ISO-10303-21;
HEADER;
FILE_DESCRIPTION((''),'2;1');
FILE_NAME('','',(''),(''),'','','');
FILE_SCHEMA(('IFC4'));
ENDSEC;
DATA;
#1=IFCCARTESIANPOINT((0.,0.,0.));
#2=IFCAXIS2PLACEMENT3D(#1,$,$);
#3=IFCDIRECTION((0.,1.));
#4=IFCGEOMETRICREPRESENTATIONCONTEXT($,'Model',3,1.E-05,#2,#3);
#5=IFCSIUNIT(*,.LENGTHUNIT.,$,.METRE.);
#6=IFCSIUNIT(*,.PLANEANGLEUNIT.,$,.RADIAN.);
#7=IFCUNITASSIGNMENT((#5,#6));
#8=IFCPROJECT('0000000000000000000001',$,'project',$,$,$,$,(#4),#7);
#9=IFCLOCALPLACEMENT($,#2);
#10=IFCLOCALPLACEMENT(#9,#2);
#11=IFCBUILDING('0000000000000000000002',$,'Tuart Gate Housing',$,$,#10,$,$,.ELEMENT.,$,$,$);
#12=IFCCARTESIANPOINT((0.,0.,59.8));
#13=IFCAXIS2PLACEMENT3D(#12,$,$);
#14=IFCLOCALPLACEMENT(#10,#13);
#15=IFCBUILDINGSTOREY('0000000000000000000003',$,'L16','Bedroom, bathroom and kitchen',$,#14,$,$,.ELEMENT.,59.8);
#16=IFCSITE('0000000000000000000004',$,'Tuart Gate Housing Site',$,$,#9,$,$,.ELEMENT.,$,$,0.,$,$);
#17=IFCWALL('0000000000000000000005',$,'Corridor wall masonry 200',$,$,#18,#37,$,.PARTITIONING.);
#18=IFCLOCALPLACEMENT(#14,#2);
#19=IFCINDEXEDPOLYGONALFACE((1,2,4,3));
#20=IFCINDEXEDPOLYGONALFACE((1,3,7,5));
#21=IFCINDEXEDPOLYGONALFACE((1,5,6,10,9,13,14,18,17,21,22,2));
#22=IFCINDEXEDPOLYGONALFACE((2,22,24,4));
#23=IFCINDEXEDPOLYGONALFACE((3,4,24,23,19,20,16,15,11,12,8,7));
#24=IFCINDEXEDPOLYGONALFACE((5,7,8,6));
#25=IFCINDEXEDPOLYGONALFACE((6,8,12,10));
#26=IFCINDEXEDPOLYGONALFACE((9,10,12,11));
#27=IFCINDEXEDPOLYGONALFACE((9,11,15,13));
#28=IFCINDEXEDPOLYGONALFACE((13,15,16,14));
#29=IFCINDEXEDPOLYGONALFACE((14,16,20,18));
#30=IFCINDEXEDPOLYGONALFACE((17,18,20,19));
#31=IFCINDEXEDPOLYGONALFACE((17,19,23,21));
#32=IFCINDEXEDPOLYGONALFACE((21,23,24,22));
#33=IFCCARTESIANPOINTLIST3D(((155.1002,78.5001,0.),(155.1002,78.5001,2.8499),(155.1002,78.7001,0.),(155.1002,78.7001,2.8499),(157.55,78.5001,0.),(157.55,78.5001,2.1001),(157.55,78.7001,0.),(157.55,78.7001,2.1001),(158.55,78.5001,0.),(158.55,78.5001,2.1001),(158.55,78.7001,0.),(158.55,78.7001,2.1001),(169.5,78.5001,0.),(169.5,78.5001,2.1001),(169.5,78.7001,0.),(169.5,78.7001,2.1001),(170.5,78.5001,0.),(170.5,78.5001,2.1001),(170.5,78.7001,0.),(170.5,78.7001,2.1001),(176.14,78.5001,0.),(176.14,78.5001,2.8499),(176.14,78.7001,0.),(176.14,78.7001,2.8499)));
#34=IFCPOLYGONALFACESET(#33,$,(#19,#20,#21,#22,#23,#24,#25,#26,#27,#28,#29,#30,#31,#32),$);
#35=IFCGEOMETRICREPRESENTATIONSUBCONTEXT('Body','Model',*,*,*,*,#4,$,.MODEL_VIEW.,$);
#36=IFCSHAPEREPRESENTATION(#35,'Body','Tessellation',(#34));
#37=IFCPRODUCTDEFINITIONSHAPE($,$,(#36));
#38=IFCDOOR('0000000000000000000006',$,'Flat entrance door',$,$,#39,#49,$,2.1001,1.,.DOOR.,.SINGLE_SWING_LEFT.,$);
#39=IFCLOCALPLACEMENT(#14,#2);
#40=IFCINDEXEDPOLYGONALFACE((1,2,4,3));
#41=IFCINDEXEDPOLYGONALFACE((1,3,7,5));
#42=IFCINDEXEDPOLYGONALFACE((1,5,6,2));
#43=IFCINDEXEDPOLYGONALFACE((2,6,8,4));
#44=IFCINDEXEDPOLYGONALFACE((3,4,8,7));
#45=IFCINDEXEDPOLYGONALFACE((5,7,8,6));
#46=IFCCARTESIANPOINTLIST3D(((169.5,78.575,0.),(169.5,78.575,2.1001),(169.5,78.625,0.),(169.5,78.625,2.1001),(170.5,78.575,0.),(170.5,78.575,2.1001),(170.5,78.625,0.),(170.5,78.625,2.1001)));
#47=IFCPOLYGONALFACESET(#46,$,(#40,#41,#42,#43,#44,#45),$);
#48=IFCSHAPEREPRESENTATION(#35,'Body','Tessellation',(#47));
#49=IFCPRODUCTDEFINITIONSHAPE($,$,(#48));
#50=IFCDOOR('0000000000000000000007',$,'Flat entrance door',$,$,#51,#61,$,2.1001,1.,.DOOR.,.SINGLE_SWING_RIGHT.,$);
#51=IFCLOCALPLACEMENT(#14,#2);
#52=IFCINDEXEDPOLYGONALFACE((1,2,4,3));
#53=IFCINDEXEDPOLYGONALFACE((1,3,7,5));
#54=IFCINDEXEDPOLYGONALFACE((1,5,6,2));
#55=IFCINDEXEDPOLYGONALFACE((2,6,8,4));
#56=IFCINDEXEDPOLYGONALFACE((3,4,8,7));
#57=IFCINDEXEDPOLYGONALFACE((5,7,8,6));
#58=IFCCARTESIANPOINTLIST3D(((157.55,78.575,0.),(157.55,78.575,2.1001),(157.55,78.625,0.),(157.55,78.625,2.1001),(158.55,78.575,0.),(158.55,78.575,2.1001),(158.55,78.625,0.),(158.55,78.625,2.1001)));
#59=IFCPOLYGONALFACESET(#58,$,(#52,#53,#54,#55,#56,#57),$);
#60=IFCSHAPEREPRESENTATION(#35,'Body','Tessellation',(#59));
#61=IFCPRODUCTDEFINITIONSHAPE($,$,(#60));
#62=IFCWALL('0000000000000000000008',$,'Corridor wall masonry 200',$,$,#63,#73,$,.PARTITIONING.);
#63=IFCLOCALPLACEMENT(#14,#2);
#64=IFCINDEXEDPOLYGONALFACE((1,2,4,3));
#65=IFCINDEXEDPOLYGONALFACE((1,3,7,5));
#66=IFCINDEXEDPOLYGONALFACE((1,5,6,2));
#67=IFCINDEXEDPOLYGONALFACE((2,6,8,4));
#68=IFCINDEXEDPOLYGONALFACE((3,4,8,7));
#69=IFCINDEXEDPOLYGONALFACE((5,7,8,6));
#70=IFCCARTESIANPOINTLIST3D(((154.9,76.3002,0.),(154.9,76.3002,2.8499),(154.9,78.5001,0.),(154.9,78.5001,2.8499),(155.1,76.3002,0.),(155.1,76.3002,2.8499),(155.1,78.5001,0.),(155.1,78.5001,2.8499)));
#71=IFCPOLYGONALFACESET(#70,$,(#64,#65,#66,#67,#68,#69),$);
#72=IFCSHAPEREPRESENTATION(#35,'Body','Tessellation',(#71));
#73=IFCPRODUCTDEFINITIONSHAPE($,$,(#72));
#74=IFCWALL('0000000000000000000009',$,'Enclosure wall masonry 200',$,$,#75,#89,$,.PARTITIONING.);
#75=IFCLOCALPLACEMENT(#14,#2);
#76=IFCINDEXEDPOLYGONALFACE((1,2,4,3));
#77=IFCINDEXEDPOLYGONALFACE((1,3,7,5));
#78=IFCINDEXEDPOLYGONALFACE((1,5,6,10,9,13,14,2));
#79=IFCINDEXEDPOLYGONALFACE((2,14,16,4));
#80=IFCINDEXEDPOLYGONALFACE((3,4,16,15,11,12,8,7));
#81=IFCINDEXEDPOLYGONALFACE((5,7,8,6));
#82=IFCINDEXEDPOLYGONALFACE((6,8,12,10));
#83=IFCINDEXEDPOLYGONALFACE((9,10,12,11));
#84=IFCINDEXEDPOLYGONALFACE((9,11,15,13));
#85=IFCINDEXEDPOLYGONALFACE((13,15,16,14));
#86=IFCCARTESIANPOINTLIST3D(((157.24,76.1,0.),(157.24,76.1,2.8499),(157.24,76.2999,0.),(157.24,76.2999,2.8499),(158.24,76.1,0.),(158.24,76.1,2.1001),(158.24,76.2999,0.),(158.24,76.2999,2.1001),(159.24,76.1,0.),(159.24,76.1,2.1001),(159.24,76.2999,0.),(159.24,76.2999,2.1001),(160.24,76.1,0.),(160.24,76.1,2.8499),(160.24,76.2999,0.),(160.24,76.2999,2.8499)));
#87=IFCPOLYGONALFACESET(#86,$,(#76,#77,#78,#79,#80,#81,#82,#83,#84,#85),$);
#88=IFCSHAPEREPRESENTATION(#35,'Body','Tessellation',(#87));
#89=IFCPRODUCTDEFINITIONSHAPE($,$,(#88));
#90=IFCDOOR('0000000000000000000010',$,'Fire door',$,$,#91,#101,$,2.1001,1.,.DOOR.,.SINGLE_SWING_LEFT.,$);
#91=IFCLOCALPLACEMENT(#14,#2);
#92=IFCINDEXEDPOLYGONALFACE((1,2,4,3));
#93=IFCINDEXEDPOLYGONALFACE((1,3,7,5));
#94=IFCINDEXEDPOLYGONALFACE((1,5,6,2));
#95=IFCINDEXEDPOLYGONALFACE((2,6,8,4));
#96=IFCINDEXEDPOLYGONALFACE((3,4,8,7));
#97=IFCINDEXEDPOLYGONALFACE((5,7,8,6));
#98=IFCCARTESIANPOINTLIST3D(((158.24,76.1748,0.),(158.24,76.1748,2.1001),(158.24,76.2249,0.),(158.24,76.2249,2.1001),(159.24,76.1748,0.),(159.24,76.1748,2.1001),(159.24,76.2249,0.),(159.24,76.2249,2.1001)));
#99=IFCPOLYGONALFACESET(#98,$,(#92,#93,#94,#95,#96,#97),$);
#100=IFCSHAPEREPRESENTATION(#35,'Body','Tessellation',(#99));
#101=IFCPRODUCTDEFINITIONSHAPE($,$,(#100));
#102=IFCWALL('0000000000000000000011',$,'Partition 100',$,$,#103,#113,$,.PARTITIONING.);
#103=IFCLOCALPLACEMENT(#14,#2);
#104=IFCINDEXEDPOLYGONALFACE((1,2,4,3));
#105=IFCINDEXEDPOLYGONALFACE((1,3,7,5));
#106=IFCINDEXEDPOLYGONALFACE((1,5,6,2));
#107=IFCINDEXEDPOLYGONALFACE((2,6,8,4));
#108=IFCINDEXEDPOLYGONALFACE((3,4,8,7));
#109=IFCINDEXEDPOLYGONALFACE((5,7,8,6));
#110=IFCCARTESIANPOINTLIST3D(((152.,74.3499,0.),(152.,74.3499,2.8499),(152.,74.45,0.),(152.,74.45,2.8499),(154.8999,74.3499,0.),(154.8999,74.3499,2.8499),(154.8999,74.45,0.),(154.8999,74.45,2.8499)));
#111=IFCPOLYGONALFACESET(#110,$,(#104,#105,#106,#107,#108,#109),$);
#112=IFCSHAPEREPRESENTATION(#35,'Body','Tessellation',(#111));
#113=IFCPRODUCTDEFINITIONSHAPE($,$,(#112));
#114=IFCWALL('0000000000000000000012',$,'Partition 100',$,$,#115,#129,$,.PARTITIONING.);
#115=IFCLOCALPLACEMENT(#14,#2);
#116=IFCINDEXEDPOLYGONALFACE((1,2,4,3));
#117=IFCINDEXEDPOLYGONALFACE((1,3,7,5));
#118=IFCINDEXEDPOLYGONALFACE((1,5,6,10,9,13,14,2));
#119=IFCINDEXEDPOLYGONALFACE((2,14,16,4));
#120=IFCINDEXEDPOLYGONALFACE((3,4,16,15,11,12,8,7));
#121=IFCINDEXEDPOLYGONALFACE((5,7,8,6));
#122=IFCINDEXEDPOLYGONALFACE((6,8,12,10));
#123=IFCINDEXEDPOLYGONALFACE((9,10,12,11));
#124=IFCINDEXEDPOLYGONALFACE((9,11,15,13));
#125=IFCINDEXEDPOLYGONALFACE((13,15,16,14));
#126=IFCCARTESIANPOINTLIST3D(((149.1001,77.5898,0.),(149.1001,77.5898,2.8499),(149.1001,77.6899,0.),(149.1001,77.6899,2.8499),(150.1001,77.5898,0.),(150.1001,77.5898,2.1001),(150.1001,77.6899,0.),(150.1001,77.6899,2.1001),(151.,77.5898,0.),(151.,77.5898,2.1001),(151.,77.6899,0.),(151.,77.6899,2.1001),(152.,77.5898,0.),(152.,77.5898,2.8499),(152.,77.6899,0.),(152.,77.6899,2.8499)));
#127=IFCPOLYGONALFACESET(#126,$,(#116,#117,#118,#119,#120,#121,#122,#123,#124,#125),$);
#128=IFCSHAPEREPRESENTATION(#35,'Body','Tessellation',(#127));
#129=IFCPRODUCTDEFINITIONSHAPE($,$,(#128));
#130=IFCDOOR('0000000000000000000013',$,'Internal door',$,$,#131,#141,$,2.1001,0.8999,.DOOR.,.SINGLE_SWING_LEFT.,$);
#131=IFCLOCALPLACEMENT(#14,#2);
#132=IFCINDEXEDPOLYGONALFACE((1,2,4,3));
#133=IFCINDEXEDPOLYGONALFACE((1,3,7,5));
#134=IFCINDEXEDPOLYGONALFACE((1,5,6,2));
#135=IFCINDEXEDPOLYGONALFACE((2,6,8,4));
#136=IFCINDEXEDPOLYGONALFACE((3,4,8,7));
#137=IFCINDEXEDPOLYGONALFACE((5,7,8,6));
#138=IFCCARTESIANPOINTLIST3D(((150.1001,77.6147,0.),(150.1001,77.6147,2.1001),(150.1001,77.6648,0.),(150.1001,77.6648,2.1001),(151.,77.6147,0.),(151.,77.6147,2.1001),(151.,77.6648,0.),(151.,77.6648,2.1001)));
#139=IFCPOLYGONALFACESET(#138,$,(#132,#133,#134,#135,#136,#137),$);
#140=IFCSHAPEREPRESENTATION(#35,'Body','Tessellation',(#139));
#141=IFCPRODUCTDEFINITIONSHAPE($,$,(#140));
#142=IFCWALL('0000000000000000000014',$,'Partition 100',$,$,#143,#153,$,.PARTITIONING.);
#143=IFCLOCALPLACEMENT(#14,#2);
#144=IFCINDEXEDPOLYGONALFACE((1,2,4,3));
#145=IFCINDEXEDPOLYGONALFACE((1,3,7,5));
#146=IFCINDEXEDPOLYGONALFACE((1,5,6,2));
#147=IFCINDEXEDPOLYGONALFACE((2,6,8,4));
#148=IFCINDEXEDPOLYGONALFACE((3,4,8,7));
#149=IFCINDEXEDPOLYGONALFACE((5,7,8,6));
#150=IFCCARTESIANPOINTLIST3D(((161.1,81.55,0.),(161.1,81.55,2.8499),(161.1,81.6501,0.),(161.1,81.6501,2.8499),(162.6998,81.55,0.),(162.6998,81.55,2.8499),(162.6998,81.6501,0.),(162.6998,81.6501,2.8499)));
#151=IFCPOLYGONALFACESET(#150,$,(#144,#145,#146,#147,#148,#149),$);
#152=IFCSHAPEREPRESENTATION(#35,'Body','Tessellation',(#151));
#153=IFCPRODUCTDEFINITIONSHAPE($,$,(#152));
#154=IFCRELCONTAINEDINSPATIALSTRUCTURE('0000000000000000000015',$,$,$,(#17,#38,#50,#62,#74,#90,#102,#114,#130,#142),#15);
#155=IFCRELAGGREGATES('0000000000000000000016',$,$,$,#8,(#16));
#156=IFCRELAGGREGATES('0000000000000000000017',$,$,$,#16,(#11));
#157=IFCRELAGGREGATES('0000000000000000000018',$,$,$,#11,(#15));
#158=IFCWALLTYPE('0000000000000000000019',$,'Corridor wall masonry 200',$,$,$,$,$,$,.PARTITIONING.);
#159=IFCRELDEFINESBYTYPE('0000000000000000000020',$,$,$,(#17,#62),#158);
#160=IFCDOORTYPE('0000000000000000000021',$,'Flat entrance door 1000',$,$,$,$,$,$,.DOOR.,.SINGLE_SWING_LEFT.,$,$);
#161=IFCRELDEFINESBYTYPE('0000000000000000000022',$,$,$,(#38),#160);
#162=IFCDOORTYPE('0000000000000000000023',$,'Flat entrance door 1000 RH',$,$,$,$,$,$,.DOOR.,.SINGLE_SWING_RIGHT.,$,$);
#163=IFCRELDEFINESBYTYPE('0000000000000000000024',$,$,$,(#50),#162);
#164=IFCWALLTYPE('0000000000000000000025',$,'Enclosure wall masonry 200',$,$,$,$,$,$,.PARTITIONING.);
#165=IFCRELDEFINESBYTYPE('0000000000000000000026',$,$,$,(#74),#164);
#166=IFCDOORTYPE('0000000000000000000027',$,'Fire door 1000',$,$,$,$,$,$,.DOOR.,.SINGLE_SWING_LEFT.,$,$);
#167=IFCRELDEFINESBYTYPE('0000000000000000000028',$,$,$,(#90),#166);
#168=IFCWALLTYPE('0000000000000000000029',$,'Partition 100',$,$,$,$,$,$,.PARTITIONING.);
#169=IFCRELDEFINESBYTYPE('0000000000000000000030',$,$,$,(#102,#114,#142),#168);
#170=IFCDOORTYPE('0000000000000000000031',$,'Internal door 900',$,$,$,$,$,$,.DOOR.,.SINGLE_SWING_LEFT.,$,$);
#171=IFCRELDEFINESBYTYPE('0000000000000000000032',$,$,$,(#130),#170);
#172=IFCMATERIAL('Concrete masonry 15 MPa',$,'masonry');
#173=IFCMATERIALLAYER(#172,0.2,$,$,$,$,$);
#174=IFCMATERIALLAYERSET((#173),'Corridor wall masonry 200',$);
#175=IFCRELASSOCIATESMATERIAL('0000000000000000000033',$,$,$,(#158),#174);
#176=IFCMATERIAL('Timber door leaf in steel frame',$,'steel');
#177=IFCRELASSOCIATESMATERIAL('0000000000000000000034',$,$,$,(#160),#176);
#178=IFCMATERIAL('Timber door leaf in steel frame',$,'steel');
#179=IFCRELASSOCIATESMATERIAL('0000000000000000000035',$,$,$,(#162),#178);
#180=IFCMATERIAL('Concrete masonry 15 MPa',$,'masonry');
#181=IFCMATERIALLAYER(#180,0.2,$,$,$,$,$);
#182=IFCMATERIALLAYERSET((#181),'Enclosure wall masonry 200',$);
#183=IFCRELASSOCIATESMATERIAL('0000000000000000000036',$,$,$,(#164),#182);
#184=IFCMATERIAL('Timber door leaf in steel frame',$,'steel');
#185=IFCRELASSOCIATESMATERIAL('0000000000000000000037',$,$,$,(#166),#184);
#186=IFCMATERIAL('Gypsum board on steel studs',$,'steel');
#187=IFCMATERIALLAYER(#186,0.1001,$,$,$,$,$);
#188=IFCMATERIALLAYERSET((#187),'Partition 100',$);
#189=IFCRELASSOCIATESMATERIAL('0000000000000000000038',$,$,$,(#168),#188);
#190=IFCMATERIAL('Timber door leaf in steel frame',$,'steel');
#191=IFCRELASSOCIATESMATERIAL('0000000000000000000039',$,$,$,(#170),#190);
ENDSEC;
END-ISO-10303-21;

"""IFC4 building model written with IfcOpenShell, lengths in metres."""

from ifc_helpers import new_model, si_unit, direction, frame, frame_2d, origin, place, context, subcontext, project, spatial, rectangle, extrude, material, layer, layer_set, type_object, element, fill, save


model = new_model("IFC4")

# Units and contexts
model_context = context("Model", 3, precision=1e-05, world=origin(), true_north=direction((0.0, 1.0)))
body_context = subcontext(model_context, "Body", "Model", "MODEL_VIEW")
ifc_project = project(units=[si_unit("LENGTHUNIT", "METRE"), si_unit("PLANEANGLEUNIT", "RADIAN")], contexts=[model_context])

# Site, building, storey
site_placement = place(None, origin())
site = spatial("IfcSite", under=ifc_project, at=site_placement, Name="Tuart Gate Housing Site", CompositionType="ELEMENT", RefElevation=0.0)
building_placement = place(site_placement, origin())
building = spatial("IfcBuilding", under=site, at=building_placement, Name="Tuart Gate Housing", CompositionType="ELEMENT")
storey_placement = place(building_placement, frame((0.0, 0.0, 59.8)))
storey = spatial("IfcBuildingStorey", under=building, at=storey_placement, Name="L16", Description="Bedroom, bathroom and kitchen", CompositionType="ELEMENT", Elevation=59.8)

# Shared definitions
ifc_material_1 = material(Name="Concrete masonry 15 MPa", Category="masonry")
ifc_layer_1 = layer(ifc_material_1, 0.2)
ifc_layer_set_1 = layer_set([ifc_layer_1], Name="Corridor wall masonry 200")
wall_type_1 = type_object("IfcWallType", Name="Corridor wall masonry 200", PredefinedType="PARTITIONING", material=ifc_layer_set_1)

# Wall, openings, doors
wall_1_placement = place(storey_placement, frame((155.1001, 78.6001, 0.0), z_axis=(0.0, 0.0, 1.0), x_axis=(1.0, 0.0, 0.0)))
wall_1 = element("IfcWall", 1, at=wall_1_placement, inside=storey, type_object=wall_type_1, Name="Corridor wall masonry 200", PredefinedType="PARTITIONING", context=body_context, shape_type="SweptSolid", body=[
    extrude(rectangle(XDim=21.0398, YDim=0.2, at=frame_2d((10.52, 0.0))), origin(), (0.0, 0.0, 1.0), 2.8499),
])
opening_1_placement = place(wall_1_placement, frame((2.45, 0.0, 0.0)))
opening_1 = element("IfcOpeningElement", 2, at=opening_1_placement, cuts=wall_1, PredefinedType="OPENING", context=body_context, shape_type="SweptSolid", body=[
    extrude(rectangle(XDim=1.0, YDim=2.1001, at=frame_2d((0.5, 1.05))), frame((0.0, 0.1099, 0.0), z_axis=(0.0, -1.0, 0.0), x_axis=(1.0, 0.0, 0.0)), (0.0, 0.0, 1.0), 0.22),
])
opening_2_placement = place(wall_1_placement, frame((14.3999, 0.0, 0.0)))
opening_2 = element("IfcOpeningElement", 3, at=opening_2_placement, cuts=wall_1, PredefinedType="OPENING", context=body_context, shape_type="SweptSolid", body=[
    extrude(rectangle(XDim=1.0, YDim=2.1001, at=frame_2d((0.5, 1.05))), frame((0.0, 0.1099, 0.0), z_axis=(0.0, -1.0, 0.0), x_axis=(1.0, 0.0, 0.0)), (0.0, 0.0, 1.0), 0.22),
])
ifc_material_2 = material(Name="Timber door leaf in steel frame", Category="steel")
door_type_1 = type_object("IfcDoorType", Name="Flat entrance door 1000", OperationType="SINGLE_SWING_LEFT", PredefinedType="DOOR", material=ifc_material_2)
door_1_placement = place(opening_2_placement, origin())
door_1 = element("IfcDoor", 4, at=door_1_placement, inside=storey, type_object=door_type_1, Name="Flat entrance door", OperationType="SINGLE_SWING_LEFT", OverallHeight=2.1001, OverallWidth=1.0, PredefinedType="DOOR", context=body_context, shape_type="SweptSolid", body=[
    extrude(rectangle(XDim=1.0, YDim=2.1001, at=frame_2d((0.5, 1.05))), frame((0.0, 0.0249, 0.0), z_axis=(0.0, -1.0, 0.0), x_axis=(1.0, 0.0, 0.0)), (0.0, 0.0, 1.0), 0.05),
])
fill(opening_2, door_1)
ifc_material_3 = material(Name="Timber door leaf in steel frame", Category="steel")
door_type_2 = type_object("IfcDoorType", Name="Flat entrance door 1000 RH", OperationType="SINGLE_SWING_RIGHT", PredefinedType="DOOR", material=ifc_material_3)
door_2_placement = place(opening_1_placement, origin())
door_2 = element("IfcDoor", 5, at=door_2_placement, inside=storey, type_object=door_type_2, Name="Flat entrance door", OperationType="SINGLE_SWING_RIGHT", OverallHeight=2.1001, OverallWidth=1.0, PredefinedType="DOOR", context=body_context, shape_type="SweptSolid", body=[
    extrude(rectangle(XDim=1.0, YDim=2.1001, at=frame_2d((0.5, 1.05))), frame((0.0, 0.0249, 0.0), z_axis=(0.0, -1.0, 0.0), x_axis=(1.0, 0.0, 0.0)), (0.0, 0.0, 1.0), 0.05),
])
fill(opening_1, door_2)

# Wall
wall_2_placement = place(storey_placement, frame((155.0, 76.3, 0.0), z_axis=(0.0, 0.0, 1.0), x_axis=(0.0, 1.0, 0.0)))
element("IfcWall", 6, at=wall_2_placement, inside=storey, type_object=wall_type_1, Name="Corridor wall masonry 200", PredefinedType="PARTITIONING", context=body_context, shape_type="SweptSolid", body=[
    extrude(rectangle(XDim=2.2, YDim=0.2, at=frame_2d((1.1001, 0.0))), origin(), (0.0, 0.0, 1.0), 2.8499),
])

# Wall, opening, door
ifc_material_4 = material(Name="Concrete masonry 15 MPa", Category="masonry")
ifc_layer_2 = layer(ifc_material_4, 0.2)
ifc_layer_set_2 = layer_set([ifc_layer_2], Name="Enclosure wall masonry 200")
wall_type_2 = type_object("IfcWallType", Name="Enclosure wall masonry 200", PredefinedType="PARTITIONING", material=ifc_layer_set_2)
wall_3_placement = place(storey_placement, frame((157.24, 76.2, 0.0), z_axis=(0.0, 0.0, 1.0), x_axis=(1.0, 0.0, 0.0)))
wall_3 = element("IfcWall", 7, at=wall_3_placement, inside=storey, type_object=wall_type_2, Name="Enclosure wall masonry 200", PredefinedType="PARTITIONING", context=body_context, shape_type="SweptSolid", body=[
    extrude(rectangle(XDim=3.0, YDim=0.2, at=frame_2d((1.5, 0.0))), origin(), (0.0, 0.0, 1.0), 2.8499),
])
opening_3_placement = place(wall_3_placement, frame((1.0, 0.0, 0.0)))
opening_3 = element("IfcOpeningElement", 8, at=opening_3_placement, cuts=wall_3, PredefinedType="OPENING", context=body_context, shape_type="SweptSolid", body=[
    extrude(rectangle(XDim=1.0, YDim=2.1001, at=frame_2d((0.5, 1.05))), frame((0.0, 0.1099, 0.0), z_axis=(0.0, -1.0, 0.0), x_axis=(1.0, 0.0, 0.0)), (0.0, 0.0, 1.0), 0.22),
])
ifc_material_5 = material(Name="Timber door leaf in steel frame", Category="steel")
door_type_3 = type_object("IfcDoorType", Name="Fire door 1000", OperationType="SINGLE_SWING_LEFT", PredefinedType="DOOR", material=ifc_material_5)
door_3_placement = place(opening_3_placement, origin())
door_3 = element("IfcDoor", 9, at=door_3_placement, inside=storey, type_object=door_type_3, Name="Fire door", OperationType="SINGLE_SWING_LEFT", OverallHeight=2.1001, OverallWidth=1.0, PredefinedType="DOOR", context=body_context, shape_type="SweptSolid", body=[
    extrude(rectangle(XDim=1.0, YDim=2.1001, at=frame_2d((0.5, 1.05))), frame((0.0, 0.0249, 0.0), z_axis=(0.0, -1.0, 0.0), x_axis=(1.0, 0.0, 0.0)), (0.0, 0.0, 1.0), 0.05),
])
fill(opening_3, door_3)

# Wall
ifc_material_6 = material(Name="Gypsum board on steel studs", Category="steel")
ifc_layer_3 = layer(ifc_material_6, 0.1001)
ifc_layer_set_3 = layer_set([ifc_layer_3], Name="Partition 100")
wall_type_3 = type_object("IfcWallType", Name="Partition 100", PredefinedType="PARTITIONING", material=ifc_layer_set_3)
wall_4_placement = place(storey_placement, frame((152.0, 74.3999, 0.0), z_axis=(0.0, 0.0, 1.0), x_axis=(1.0, 0.0, 0.0)))
element("IfcWall", 10, at=wall_4_placement, inside=storey, type_object=wall_type_3, Name="Partition 100", PredefinedType="PARTITIONING", context=body_context, shape_type="SweptSolid", body=[
    extrude(rectangle(XDim=2.8999, YDim=0.1001, at=frame_2d((1.45, 0.0))), origin(), (0.0, 0.0, 1.0), 2.8499),
])

# Wall, opening, door
wall_5_placement = place(storey_placement, frame((149.1001, 77.6399, 0.0), z_axis=(0.0, 0.0, 1.0), x_axis=(1.0, 0.0, 0.0)))
wall_5 = element("IfcWall", 11, at=wall_5_placement, inside=storey, type_object=wall_type_3, Name="Partition 100", PredefinedType="PARTITIONING", context=body_context, shape_type="SweptSolid", body=[
    extrude(rectangle(XDim=2.8999, YDim=0.1001, at=frame_2d((1.45, 0.0))), origin(), (0.0, 0.0, 1.0), 2.8499),
])
opening_4_placement = place(wall_5_placement, frame((1.0, 0.0, 0.0)))
opening_4 = element("IfcOpeningElement", 12, at=opening_4_placement, cuts=wall_5, PredefinedType="OPENING", context=body_context, shape_type="SweptSolid", body=[
    extrude(rectangle(XDim=0.8999, YDim=2.1001, at=frame_2d((0.45, 1.05))), frame((0.0, 0.0601, 0.0), z_axis=(0.0, -1.0, 0.0), x_axis=(1.0, 0.0, 0.0)), (0.0, 0.0, 1.0), 0.1201),
])
ifc_material_7 = material(Name="Timber door leaf in steel frame", Category="steel")
door_type_4 = type_object("IfcDoorType", Name="Internal door 900", OperationType="SINGLE_SWING_LEFT", PredefinedType="DOOR", material=ifc_material_7)
door_4_placement = place(opening_4_placement, frame((0.8999, 0.0, 0.0), z_axis=(0.0, 0.0, 1.0), x_axis=(-1.0, 0.0, 0.0)))
door_4 = element("IfcDoor", 13, at=door_4_placement, inside=storey, type_object=door_type_4, Name="Internal door", OperationType="SINGLE_SWING_LEFT", OverallHeight=2.1001, OverallWidth=0.8999, PredefinedType="DOOR", context=body_context, shape_type="SweptSolid", body=[
    extrude(rectangle(XDim=0.8999, YDim=2.1001, at=frame_2d((0.45, 1.05))), frame((0.0, 0.0251, 0.0), z_axis=(0.0, -1.0, 0.0), x_axis=(1.0, 0.0, 0.0)), (0.0, 0.0, 1.0), 0.05),
])
fill(opening_4, door_4)

# Wall
wall_6_placement = place(storey_placement, frame((161.1001, 81.6001, 0.0), z_axis=(0.0, 0.0, 1.0), x_axis=(1.0, 0.0, 0.0)))
element("IfcWall", 14, at=wall_6_placement, inside=storey, type_object=wall_type_3, Name="Partition 100", PredefinedType="PARTITIONING", context=body_context, shape_type="SweptSolid", body=[
    extrude(rectangle(XDim=1.5999, YDim=0.1001, at=frame_2d((0.7998, 0.0))), origin(), (0.0, 0.0, 1.0), 2.8499),
])

save(model, "model.ifc")
